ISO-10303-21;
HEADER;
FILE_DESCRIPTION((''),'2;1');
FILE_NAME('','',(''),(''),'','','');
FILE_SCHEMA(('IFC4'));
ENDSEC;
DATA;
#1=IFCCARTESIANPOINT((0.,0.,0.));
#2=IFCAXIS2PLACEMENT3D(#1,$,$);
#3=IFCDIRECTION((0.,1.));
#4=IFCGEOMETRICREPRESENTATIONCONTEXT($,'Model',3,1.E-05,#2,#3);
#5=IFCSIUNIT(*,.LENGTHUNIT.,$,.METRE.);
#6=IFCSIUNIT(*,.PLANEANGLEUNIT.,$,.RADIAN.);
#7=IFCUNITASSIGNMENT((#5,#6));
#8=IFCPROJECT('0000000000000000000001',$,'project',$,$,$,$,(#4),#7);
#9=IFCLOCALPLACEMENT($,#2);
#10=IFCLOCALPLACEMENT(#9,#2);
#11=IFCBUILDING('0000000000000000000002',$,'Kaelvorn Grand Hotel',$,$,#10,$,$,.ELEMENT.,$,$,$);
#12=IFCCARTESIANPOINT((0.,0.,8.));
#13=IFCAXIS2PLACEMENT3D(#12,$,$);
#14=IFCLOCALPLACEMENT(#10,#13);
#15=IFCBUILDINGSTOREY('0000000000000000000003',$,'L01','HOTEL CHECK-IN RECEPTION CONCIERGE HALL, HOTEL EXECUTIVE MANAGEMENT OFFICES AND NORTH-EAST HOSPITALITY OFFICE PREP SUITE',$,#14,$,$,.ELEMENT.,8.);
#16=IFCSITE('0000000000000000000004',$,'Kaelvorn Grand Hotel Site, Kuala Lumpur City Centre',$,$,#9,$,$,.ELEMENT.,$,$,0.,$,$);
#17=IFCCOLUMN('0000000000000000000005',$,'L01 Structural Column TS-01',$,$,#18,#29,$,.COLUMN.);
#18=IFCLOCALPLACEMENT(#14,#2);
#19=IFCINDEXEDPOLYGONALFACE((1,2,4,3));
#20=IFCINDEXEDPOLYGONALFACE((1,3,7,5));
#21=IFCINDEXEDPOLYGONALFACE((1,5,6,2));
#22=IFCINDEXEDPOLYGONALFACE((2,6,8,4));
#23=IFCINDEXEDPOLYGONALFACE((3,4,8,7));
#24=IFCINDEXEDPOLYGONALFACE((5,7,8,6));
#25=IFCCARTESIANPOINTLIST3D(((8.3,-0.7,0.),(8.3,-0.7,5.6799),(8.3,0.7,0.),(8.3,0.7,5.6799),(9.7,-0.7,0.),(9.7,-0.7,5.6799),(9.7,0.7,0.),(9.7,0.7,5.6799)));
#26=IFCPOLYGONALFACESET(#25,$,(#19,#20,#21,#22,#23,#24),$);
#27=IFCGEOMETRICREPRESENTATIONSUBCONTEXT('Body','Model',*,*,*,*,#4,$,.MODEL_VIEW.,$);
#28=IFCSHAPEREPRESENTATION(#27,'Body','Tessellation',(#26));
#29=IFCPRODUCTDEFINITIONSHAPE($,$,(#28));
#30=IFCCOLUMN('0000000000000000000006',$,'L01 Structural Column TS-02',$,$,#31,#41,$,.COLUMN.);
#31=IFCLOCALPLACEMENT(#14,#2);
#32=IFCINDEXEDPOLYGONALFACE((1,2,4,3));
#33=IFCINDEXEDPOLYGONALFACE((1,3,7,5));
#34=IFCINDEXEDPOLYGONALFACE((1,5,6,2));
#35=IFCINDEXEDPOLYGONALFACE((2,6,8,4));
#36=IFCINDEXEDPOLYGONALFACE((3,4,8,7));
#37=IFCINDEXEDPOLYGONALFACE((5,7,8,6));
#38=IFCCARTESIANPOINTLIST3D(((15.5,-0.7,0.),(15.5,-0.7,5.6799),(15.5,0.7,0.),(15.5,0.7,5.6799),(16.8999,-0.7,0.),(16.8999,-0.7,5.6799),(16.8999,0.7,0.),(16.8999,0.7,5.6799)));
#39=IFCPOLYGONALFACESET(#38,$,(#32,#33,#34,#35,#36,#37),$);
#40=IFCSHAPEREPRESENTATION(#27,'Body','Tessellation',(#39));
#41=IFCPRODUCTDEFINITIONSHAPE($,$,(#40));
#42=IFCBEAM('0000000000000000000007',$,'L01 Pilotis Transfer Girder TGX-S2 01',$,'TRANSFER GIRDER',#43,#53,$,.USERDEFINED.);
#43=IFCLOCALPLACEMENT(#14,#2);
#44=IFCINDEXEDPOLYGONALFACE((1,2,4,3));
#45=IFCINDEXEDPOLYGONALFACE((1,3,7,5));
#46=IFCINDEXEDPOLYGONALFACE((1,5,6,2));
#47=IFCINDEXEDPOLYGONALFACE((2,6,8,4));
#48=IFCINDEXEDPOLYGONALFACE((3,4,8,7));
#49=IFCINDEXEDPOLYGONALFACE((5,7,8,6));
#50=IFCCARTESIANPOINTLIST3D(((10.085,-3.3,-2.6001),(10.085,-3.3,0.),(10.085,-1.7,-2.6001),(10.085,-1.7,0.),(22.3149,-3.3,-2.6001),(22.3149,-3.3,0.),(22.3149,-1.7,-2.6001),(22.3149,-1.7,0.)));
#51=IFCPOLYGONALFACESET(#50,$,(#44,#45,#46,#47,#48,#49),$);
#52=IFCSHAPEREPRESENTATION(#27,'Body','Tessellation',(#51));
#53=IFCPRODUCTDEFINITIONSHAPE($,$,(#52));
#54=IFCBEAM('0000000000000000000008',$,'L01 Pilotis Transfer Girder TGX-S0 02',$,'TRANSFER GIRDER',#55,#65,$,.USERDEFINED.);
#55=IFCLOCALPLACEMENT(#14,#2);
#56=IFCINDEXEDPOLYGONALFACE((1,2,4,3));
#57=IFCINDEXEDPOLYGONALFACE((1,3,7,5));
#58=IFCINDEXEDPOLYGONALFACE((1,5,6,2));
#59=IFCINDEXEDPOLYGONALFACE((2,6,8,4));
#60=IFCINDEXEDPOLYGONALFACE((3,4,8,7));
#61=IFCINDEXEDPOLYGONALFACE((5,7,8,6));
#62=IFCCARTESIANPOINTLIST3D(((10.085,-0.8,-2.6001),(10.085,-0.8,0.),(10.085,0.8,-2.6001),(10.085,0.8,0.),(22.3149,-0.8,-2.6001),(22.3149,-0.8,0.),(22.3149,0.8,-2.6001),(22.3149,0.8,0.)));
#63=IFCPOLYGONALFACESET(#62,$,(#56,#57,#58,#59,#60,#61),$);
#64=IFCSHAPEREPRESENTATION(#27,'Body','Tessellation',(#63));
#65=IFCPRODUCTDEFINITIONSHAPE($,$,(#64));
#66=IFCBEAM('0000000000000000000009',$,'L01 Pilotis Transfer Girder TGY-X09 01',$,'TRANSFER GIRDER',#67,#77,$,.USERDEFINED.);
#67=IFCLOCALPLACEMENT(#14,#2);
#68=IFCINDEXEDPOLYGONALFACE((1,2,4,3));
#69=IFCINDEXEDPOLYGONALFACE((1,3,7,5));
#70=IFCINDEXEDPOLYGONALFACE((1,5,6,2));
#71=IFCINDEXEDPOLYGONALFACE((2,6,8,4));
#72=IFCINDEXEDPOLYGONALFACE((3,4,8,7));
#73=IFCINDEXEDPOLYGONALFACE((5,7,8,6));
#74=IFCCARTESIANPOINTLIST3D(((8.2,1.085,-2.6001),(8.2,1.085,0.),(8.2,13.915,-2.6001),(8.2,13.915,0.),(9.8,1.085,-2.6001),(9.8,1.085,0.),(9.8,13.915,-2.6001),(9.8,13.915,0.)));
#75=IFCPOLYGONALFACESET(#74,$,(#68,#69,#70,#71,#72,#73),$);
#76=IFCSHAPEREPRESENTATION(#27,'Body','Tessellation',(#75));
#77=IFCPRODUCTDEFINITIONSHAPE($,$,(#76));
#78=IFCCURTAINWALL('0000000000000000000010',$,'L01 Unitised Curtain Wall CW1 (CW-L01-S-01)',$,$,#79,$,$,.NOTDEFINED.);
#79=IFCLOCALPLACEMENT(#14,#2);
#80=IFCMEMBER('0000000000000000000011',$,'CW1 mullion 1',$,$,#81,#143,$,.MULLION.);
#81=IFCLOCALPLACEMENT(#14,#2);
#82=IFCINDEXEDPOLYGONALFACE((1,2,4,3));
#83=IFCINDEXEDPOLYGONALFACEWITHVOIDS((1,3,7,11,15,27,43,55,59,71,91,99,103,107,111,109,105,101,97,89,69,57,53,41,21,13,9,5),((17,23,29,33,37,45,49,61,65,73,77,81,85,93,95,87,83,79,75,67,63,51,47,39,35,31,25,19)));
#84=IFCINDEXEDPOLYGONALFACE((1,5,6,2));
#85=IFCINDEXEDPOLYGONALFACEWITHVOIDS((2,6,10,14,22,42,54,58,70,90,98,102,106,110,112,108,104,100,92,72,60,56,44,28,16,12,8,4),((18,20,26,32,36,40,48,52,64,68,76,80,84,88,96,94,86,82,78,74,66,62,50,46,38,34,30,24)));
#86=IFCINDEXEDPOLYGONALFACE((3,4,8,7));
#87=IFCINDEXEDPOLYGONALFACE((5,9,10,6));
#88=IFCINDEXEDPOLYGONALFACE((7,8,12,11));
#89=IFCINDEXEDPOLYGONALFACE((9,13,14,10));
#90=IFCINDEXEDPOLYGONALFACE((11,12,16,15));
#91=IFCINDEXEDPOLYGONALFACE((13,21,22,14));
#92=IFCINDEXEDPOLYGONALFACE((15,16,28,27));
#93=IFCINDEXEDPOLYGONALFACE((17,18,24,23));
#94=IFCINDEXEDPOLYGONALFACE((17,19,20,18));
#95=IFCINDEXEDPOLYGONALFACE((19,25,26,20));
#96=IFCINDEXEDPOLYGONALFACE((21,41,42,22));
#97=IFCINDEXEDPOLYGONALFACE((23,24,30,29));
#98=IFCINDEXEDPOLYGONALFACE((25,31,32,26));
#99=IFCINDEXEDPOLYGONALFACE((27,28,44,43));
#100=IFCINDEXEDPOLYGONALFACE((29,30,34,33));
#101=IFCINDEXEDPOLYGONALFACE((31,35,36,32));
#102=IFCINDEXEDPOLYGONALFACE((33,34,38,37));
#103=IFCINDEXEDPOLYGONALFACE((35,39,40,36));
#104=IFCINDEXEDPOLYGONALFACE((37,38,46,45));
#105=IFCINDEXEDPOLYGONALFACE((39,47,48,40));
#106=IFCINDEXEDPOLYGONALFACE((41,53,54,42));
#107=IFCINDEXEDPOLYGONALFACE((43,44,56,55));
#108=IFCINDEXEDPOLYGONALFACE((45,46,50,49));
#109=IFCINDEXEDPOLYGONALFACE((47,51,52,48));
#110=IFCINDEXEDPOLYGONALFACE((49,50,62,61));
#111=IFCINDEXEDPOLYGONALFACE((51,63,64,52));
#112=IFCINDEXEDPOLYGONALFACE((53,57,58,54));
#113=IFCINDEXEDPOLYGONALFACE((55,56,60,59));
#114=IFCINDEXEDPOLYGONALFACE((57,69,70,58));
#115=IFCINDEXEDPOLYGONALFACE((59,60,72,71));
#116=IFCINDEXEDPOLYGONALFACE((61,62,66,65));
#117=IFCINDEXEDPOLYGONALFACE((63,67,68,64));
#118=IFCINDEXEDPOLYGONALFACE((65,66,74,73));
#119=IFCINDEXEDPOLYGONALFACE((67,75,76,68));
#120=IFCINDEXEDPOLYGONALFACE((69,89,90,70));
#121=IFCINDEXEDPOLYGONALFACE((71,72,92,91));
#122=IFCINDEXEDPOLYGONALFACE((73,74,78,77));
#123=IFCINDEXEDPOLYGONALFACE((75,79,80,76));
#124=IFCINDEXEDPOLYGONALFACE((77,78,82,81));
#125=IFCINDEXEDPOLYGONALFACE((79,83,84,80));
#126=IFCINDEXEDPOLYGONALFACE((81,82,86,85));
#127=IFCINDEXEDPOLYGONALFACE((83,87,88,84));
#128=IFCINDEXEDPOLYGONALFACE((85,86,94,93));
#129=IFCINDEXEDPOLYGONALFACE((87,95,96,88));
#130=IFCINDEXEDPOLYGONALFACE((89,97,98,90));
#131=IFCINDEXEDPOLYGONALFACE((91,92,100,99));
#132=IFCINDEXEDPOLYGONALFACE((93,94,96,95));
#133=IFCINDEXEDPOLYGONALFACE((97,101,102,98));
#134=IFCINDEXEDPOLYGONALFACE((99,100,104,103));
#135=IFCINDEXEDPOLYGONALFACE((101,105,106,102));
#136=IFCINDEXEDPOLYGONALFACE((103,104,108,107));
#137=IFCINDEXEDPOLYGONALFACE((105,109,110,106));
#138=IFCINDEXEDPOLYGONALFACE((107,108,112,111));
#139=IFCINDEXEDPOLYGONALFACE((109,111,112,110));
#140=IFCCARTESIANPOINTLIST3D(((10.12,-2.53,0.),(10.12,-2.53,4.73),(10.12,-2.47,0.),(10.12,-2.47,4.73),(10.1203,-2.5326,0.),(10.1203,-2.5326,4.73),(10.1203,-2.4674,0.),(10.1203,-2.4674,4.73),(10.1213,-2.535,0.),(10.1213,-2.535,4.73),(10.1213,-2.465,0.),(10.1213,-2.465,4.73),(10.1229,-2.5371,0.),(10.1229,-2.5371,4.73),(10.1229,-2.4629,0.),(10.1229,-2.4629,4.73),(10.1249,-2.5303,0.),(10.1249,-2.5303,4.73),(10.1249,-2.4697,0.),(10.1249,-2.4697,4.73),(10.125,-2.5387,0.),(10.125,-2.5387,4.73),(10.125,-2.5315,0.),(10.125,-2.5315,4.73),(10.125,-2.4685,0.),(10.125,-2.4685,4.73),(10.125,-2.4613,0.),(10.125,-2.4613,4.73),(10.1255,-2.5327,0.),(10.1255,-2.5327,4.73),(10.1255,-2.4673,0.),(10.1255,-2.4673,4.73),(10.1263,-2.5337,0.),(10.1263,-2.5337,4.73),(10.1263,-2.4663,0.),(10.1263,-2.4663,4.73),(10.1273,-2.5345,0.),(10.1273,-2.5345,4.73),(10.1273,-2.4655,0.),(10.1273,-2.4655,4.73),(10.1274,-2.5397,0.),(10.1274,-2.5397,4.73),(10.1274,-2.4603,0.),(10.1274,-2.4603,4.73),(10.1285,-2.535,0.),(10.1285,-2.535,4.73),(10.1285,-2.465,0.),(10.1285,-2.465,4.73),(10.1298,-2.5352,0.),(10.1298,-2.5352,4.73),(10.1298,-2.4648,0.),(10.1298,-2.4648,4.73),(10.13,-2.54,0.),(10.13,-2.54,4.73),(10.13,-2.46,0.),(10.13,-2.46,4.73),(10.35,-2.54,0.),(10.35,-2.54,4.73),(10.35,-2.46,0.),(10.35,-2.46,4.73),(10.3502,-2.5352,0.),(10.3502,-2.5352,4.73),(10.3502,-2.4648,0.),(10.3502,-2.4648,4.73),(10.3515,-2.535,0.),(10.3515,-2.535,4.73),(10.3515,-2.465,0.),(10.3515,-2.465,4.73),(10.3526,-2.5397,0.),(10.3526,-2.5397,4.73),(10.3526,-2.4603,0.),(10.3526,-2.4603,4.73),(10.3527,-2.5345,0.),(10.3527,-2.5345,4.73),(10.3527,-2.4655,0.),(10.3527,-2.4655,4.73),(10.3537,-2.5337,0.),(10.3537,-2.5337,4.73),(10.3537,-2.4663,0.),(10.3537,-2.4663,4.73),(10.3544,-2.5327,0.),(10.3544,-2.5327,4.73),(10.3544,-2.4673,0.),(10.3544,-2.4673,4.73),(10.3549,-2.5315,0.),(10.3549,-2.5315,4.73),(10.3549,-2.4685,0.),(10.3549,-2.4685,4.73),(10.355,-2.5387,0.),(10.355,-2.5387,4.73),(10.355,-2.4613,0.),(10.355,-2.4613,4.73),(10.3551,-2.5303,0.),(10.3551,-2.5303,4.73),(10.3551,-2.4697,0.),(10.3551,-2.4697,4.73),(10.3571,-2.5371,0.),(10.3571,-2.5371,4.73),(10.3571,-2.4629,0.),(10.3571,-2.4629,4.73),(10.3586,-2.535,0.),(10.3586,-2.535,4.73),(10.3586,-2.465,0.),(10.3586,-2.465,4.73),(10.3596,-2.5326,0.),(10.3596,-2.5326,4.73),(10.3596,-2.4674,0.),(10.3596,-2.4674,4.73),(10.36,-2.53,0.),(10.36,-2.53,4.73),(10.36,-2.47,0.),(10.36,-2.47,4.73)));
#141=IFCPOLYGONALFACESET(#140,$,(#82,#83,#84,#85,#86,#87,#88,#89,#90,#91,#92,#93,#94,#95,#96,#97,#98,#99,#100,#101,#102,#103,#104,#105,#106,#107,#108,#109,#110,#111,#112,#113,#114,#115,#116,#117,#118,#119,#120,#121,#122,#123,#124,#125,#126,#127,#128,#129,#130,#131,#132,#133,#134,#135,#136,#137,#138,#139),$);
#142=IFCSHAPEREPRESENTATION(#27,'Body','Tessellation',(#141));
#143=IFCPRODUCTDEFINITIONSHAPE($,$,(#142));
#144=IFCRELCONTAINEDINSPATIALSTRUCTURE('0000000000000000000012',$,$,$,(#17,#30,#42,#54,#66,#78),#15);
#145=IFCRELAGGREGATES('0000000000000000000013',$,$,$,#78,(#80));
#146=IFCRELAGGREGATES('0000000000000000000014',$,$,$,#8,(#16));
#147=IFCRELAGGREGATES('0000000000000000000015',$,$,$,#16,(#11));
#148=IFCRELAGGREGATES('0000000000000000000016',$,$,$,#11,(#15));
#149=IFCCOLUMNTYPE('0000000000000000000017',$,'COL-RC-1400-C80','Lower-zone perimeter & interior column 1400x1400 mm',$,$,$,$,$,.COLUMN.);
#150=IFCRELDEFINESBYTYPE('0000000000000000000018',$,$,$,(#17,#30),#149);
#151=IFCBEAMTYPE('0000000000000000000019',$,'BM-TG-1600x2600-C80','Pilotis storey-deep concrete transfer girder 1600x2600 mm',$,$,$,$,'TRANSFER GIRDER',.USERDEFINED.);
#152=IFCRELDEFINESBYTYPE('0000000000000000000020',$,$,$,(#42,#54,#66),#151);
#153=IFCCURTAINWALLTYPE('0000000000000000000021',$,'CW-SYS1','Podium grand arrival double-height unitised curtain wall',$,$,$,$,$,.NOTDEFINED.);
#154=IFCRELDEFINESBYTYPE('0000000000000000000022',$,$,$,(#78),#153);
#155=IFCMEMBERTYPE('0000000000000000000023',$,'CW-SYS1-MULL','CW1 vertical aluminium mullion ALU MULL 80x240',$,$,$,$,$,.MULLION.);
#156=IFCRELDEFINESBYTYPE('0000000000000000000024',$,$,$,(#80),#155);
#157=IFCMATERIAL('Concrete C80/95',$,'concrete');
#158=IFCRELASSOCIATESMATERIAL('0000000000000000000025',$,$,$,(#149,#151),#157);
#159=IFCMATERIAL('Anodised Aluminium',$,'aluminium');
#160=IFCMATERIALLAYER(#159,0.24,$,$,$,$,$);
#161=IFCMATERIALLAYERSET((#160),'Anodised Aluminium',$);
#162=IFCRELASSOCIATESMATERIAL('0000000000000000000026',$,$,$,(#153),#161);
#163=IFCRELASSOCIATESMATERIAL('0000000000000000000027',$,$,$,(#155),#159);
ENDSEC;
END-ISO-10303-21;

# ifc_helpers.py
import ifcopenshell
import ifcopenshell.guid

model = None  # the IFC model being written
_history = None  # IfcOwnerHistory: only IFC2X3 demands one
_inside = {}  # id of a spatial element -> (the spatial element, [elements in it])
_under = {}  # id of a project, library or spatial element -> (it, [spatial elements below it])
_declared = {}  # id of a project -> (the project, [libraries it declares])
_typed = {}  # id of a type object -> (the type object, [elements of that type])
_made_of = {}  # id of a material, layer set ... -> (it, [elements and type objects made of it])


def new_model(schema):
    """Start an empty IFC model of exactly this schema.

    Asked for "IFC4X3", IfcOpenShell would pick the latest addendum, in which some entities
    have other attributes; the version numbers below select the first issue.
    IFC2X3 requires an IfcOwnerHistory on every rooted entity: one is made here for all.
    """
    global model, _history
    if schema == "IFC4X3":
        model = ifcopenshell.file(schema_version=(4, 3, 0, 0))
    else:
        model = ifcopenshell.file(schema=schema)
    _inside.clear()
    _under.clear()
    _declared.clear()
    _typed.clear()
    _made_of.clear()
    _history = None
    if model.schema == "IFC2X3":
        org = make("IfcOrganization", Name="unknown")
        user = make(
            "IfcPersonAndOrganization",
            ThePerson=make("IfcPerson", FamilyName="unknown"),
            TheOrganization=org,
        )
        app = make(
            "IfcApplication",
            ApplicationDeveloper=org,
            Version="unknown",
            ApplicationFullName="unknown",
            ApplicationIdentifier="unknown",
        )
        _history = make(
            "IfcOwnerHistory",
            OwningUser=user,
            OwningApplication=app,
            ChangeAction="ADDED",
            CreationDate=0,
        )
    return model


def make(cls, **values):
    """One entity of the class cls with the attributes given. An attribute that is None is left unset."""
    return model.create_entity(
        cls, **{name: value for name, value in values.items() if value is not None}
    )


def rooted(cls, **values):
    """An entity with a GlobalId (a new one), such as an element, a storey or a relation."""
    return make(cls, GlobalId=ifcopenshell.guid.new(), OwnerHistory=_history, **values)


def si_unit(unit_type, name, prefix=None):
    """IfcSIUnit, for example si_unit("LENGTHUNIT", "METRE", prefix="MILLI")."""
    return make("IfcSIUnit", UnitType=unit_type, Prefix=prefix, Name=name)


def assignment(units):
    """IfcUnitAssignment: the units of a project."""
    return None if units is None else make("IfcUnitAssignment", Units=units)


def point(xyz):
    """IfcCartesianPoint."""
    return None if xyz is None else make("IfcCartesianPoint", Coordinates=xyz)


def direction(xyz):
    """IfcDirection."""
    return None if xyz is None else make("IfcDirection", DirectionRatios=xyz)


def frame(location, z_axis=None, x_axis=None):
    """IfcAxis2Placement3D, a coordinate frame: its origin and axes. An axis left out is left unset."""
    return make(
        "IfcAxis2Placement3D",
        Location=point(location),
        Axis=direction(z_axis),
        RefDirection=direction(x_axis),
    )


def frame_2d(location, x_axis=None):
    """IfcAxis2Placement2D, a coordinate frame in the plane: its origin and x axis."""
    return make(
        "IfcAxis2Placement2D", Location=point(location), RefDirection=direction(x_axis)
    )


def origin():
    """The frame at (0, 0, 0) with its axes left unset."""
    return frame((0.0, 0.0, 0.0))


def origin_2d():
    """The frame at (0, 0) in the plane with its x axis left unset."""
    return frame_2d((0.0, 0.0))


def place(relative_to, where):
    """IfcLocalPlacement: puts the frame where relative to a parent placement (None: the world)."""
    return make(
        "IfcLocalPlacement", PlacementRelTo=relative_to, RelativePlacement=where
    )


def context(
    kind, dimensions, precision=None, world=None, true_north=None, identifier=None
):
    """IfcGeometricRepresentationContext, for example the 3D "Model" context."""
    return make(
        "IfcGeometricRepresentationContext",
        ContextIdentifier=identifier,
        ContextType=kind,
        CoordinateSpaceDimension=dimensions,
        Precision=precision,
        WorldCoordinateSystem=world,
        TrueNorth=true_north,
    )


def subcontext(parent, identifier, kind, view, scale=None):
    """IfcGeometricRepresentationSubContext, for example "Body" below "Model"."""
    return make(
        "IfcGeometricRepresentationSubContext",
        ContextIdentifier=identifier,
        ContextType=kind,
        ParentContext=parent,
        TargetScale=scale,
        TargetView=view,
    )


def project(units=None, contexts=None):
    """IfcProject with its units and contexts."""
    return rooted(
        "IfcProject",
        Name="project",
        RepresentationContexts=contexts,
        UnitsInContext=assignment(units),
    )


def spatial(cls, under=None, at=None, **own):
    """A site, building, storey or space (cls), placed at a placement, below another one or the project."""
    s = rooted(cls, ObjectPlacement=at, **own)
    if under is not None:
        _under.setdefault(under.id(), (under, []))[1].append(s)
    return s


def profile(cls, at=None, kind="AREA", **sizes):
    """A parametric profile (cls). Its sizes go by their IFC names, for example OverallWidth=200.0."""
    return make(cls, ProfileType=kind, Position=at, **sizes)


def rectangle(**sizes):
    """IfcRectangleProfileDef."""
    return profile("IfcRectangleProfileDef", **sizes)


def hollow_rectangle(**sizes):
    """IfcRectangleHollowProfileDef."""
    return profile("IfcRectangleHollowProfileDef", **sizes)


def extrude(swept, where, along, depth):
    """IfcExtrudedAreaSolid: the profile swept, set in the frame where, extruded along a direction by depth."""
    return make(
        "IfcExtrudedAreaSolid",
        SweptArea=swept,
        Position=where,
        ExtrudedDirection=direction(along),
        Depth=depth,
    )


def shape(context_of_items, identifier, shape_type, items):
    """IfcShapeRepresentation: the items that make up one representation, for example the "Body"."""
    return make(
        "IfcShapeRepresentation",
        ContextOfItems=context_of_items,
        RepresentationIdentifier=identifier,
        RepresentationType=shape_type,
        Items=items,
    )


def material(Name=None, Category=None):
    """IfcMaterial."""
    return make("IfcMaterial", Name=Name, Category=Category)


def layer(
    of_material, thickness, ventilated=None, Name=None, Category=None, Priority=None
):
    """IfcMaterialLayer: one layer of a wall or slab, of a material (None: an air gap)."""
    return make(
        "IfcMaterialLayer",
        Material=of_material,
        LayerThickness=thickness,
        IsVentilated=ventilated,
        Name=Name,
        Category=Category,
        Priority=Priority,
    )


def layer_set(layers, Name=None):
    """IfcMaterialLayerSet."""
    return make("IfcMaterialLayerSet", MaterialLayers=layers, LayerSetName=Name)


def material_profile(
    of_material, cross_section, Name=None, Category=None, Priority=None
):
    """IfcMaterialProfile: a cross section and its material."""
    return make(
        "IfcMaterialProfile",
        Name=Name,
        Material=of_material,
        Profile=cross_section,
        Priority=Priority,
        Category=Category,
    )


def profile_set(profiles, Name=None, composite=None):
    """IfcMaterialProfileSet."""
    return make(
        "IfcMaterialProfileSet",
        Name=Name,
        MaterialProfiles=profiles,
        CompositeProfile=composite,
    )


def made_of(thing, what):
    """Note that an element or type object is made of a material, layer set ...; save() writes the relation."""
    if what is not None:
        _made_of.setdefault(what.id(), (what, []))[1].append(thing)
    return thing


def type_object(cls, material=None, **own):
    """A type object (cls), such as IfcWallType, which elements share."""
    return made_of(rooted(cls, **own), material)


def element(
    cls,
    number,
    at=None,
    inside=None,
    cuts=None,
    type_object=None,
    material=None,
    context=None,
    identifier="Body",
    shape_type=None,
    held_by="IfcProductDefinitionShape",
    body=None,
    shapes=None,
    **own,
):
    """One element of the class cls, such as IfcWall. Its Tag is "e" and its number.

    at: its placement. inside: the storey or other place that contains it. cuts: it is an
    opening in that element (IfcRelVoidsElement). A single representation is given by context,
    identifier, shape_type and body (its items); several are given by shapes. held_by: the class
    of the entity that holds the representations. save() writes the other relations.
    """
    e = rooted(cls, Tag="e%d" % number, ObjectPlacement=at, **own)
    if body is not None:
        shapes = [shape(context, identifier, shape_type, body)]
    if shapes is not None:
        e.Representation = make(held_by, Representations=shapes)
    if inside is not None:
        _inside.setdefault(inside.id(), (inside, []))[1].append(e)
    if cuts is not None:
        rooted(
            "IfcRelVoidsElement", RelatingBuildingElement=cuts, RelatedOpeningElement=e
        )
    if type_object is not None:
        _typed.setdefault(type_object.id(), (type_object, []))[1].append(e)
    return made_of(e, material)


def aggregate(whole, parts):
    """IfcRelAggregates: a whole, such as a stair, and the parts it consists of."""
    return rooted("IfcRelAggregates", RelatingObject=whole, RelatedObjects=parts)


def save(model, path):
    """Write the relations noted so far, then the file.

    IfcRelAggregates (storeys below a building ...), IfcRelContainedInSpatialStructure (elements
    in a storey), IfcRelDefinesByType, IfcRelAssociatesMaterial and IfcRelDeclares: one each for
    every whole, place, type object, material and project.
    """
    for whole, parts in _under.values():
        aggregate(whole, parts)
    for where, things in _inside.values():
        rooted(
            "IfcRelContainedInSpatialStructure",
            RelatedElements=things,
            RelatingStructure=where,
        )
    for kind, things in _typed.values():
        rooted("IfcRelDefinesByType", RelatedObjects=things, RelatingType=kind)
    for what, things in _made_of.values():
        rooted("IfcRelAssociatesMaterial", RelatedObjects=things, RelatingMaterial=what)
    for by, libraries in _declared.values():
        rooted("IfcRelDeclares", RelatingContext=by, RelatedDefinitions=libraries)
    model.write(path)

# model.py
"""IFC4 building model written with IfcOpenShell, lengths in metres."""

from ifc_helpers import new_model, si_unit, direction, frame, origin, origin_2d, place, context, subcontext, project, spatial, rectangle, hollow_rectangle, extrude, material, layer, layer_set, material_profile, profile_set, type_object, element, aggregate, save


model = new_model("IFC4")

# Units and contexts
model_context = context("Model", 3, precision=1e-05, world=origin(), true_north=direction((0.0, 1.0)))
body_context = subcontext(model_context, "Body", "Model", "MODEL_VIEW")
ifc_project = project(units=[si_unit("LENGTHUNIT", "METRE"), si_unit("PLANEANGLEUNIT", "RADIAN")], contexts=[model_context])

# Site, building, storey
site_placement = place(None, origin())
site = spatial("IfcSite", under=ifc_project, at=site_placement, Name="Kaelvorn Grand Hotel Site, Kuala Lumpur City Centre", CompositionType="ELEMENT", RefElevation=0.0)
building_placement = place(site_placement, origin())
building = spatial("IfcBuilding", under=site, at=building_placement, Name="Kaelvorn Grand Hotel", CompositionType="ELEMENT")
storey_placement = place(building_placement, frame((0.0, 0.0, 8.0)))
storey = spatial("IfcBuildingStorey", under=building, at=storey_placement, Name="L01", Description="HOTEL CHECK-IN RECEPTION CONCIERGE HALL, HOTEL EXECUTIVE MANAGEMENT OFFICES AND NORTH-EAST HOSPITALITY OFFICE PREP SUITE", CompositionType="ELEMENT", Elevation=8.0)

# Columns
ifc_material_1 = material(Name="Concrete C80/95", Category="concrete")
ifc_material_profile_1 = material_profile(ifc_material_1, rectangle(XDim=1.3999, YDim=1.3999, at=origin_2d()), Name="RC COL 1400x1400")
ifc_profile_set_1 = profile_set([ifc_material_profile_1], Name="Concrete C80/95")
column_type = type_object("IfcColumnType", Name="COL-RC-1400-C80", Description="Lower-zone perimeter & interior column 1400x1400 mm", PredefinedType="COLUMN", material=ifc_profile_set_1)
for number, where, z_axis, x_axis, name in (
    (1, (9.0, 0.0, 0.0), (0.0, 0.0, 1.0), (1.0, 0.0, 0.0), "L01 Structural Column TS-01"),
    (2, (16.2, 0.0, 0.0), (0.0, 0.0, 1.0), (1.0, 0.0, 0.0), "L01 Structural Column TS-02"),
):
    element("IfcColumn", number, at=place(storey_placement, frame(where, z_axis=z_axis, x_axis=x_axis)), inside=storey, type_object=column_type, Name=name, PredefinedType="COLUMN", context=body_context, shape_type="SweptSolid", body=[
        extrude(rectangle(XDim=1.3999, YDim=1.3999, at=origin_2d()), origin(), (0.0, 0.0, 1.0), 5.6799),
    ])

# Beams
ifc_material_profile_2 = material_profile(ifc_material_1, rectangle(XDim=1.6001, YDim=2.6001, at=origin_2d()), Name="RC TG 1600x2600")
ifc_profile_set_2 = profile_set([ifc_material_profile_2], Name="Concrete C80/95")
beam_type = type_object("IfcBeamType", Name="BM-TG-1600x2600-C80", Description="Pilotis storey-deep concrete transfer girder 1600x2600 mm", ElementType="TRANSFER GIRDER", PredefinedType="USERDEFINED", material=ifc_profile_set_2)
for number, where, z_axis, x_axis, name in (
    (3, (10.085, -2.5, -1.3), (1.0, 0.0, 0.0), (0.0, 1.0, 0.0), "L01 Pilotis Transfer Girder TGX-S2 01"),
    (4, (10.085, 0.0, -1.3), (1.0, 0.0, 0.0), (0.0, 1.0, 0.0), "L01 Pilotis Transfer Girder TGX-S0 02"),
):
    element("IfcBeam", number, at=place(storey_placement, frame(where, z_axis=z_axis, x_axis=x_axis)), inside=storey, type_object=beam_type, Name=name, ObjectType="TRANSFER GIRDER", PredefinedType="USERDEFINED", context=body_context, shape_type="SweptSolid", body=[
        extrude(rectangle(XDim=1.6001, YDim=2.6001, at=origin_2d()), origin(), (0.0, 0.0, 1.0), 12.23),
    ])
beam_placement = place(storey_placement, frame((9.0, 1.085, -1.3), z_axis=(0.0, 1.0, 0.0), x_axis=(-1.0, 0.0, 0.0)))
element("IfcBeam", 5, at=beam_placement, inside=storey, type_object=beam_type, Name="L01 Pilotis Transfer Girder TGY-X09 01", ObjectType="TRANSFER GIRDER", PredefinedType="USERDEFINED", context=body_context, shape_type="SweptSolid", body=[
    extrude(rectangle(XDim=1.6001, YDim=2.6001, at=origin_2d()), origin(), (0.0, 0.0, 1.0), 12.8301),
])

# Curtain wall, member
ifc_material_2 = material(Name="Anodised Aluminium", Category="aluminium")
ifc_layer_1 = layer(ifc_material_2, 0.24)
ifc_layer_set_1 = layer_set([ifc_layer_1], Name="Anodised Aluminium")
curtain_wall_type = type_object("IfcCurtainWallType", Name="CW-SYS1", Description="Podium grand arrival double-height unitised curtain wall", PredefinedType="NOTDEFINED", material=ifc_layer_set_1)
curtain_wall_1_placement = place(storey_placement, origin())
curtain_wall_1 = element("IfcCurtainWall", 6, at=curtain_wall_1_placement, inside=storey, type_object=curtain_wall_type, Name="L01 Unitised Curtain Wall CW1 (CW-L01-S-01)", PredefinedType="NOTDEFINED")
ifc_material_profile_3 = material_profile(ifc_material_2, hollow_rectangle(XDim=0.0801, YDim=0.24, WallThickness=0.0049, InnerFilletRadius=0.0049, OuterFilletRadius=0.01, at=origin_2d()), Name="ALU MULL 80x240")
ifc_profile_set_3 = profile_set([ifc_material_profile_3], Name="Anodised Aluminium")
member_type_1 = type_object("IfcMemberType", Name="CW-SYS1-MULL", Description="CW1 vertical aluminium mullion ALU MULL 80x240", PredefinedType="MULLION", material=ifc_profile_set_3)
member_1_placement = place(storey_placement, frame((10.24, -2.5, 0.0), z_axis=(0.0, 0.0, 1.0), x_axis=(0.0, 1.0, 0.0)))
member_1 = element("IfcMember", 7, at=member_1_placement, type_object=member_type_1, Name="CW1 mullion 1", PredefinedType="MULLION", context=body_context, shape_type="SweptSolid", body=[
    extrude(hollow_rectangle(XDim=0.0801, YDim=0.24, WallThickness=0.0049, InnerFilletRadius=0.0049, OuterFilletRadius=0.01, at=origin_2d()), origin(), (0.0, 0.0, 1.0), 4.73),
])

aggregate(curtain_wall_1, [member_1])

save(model, "model.ifc")
